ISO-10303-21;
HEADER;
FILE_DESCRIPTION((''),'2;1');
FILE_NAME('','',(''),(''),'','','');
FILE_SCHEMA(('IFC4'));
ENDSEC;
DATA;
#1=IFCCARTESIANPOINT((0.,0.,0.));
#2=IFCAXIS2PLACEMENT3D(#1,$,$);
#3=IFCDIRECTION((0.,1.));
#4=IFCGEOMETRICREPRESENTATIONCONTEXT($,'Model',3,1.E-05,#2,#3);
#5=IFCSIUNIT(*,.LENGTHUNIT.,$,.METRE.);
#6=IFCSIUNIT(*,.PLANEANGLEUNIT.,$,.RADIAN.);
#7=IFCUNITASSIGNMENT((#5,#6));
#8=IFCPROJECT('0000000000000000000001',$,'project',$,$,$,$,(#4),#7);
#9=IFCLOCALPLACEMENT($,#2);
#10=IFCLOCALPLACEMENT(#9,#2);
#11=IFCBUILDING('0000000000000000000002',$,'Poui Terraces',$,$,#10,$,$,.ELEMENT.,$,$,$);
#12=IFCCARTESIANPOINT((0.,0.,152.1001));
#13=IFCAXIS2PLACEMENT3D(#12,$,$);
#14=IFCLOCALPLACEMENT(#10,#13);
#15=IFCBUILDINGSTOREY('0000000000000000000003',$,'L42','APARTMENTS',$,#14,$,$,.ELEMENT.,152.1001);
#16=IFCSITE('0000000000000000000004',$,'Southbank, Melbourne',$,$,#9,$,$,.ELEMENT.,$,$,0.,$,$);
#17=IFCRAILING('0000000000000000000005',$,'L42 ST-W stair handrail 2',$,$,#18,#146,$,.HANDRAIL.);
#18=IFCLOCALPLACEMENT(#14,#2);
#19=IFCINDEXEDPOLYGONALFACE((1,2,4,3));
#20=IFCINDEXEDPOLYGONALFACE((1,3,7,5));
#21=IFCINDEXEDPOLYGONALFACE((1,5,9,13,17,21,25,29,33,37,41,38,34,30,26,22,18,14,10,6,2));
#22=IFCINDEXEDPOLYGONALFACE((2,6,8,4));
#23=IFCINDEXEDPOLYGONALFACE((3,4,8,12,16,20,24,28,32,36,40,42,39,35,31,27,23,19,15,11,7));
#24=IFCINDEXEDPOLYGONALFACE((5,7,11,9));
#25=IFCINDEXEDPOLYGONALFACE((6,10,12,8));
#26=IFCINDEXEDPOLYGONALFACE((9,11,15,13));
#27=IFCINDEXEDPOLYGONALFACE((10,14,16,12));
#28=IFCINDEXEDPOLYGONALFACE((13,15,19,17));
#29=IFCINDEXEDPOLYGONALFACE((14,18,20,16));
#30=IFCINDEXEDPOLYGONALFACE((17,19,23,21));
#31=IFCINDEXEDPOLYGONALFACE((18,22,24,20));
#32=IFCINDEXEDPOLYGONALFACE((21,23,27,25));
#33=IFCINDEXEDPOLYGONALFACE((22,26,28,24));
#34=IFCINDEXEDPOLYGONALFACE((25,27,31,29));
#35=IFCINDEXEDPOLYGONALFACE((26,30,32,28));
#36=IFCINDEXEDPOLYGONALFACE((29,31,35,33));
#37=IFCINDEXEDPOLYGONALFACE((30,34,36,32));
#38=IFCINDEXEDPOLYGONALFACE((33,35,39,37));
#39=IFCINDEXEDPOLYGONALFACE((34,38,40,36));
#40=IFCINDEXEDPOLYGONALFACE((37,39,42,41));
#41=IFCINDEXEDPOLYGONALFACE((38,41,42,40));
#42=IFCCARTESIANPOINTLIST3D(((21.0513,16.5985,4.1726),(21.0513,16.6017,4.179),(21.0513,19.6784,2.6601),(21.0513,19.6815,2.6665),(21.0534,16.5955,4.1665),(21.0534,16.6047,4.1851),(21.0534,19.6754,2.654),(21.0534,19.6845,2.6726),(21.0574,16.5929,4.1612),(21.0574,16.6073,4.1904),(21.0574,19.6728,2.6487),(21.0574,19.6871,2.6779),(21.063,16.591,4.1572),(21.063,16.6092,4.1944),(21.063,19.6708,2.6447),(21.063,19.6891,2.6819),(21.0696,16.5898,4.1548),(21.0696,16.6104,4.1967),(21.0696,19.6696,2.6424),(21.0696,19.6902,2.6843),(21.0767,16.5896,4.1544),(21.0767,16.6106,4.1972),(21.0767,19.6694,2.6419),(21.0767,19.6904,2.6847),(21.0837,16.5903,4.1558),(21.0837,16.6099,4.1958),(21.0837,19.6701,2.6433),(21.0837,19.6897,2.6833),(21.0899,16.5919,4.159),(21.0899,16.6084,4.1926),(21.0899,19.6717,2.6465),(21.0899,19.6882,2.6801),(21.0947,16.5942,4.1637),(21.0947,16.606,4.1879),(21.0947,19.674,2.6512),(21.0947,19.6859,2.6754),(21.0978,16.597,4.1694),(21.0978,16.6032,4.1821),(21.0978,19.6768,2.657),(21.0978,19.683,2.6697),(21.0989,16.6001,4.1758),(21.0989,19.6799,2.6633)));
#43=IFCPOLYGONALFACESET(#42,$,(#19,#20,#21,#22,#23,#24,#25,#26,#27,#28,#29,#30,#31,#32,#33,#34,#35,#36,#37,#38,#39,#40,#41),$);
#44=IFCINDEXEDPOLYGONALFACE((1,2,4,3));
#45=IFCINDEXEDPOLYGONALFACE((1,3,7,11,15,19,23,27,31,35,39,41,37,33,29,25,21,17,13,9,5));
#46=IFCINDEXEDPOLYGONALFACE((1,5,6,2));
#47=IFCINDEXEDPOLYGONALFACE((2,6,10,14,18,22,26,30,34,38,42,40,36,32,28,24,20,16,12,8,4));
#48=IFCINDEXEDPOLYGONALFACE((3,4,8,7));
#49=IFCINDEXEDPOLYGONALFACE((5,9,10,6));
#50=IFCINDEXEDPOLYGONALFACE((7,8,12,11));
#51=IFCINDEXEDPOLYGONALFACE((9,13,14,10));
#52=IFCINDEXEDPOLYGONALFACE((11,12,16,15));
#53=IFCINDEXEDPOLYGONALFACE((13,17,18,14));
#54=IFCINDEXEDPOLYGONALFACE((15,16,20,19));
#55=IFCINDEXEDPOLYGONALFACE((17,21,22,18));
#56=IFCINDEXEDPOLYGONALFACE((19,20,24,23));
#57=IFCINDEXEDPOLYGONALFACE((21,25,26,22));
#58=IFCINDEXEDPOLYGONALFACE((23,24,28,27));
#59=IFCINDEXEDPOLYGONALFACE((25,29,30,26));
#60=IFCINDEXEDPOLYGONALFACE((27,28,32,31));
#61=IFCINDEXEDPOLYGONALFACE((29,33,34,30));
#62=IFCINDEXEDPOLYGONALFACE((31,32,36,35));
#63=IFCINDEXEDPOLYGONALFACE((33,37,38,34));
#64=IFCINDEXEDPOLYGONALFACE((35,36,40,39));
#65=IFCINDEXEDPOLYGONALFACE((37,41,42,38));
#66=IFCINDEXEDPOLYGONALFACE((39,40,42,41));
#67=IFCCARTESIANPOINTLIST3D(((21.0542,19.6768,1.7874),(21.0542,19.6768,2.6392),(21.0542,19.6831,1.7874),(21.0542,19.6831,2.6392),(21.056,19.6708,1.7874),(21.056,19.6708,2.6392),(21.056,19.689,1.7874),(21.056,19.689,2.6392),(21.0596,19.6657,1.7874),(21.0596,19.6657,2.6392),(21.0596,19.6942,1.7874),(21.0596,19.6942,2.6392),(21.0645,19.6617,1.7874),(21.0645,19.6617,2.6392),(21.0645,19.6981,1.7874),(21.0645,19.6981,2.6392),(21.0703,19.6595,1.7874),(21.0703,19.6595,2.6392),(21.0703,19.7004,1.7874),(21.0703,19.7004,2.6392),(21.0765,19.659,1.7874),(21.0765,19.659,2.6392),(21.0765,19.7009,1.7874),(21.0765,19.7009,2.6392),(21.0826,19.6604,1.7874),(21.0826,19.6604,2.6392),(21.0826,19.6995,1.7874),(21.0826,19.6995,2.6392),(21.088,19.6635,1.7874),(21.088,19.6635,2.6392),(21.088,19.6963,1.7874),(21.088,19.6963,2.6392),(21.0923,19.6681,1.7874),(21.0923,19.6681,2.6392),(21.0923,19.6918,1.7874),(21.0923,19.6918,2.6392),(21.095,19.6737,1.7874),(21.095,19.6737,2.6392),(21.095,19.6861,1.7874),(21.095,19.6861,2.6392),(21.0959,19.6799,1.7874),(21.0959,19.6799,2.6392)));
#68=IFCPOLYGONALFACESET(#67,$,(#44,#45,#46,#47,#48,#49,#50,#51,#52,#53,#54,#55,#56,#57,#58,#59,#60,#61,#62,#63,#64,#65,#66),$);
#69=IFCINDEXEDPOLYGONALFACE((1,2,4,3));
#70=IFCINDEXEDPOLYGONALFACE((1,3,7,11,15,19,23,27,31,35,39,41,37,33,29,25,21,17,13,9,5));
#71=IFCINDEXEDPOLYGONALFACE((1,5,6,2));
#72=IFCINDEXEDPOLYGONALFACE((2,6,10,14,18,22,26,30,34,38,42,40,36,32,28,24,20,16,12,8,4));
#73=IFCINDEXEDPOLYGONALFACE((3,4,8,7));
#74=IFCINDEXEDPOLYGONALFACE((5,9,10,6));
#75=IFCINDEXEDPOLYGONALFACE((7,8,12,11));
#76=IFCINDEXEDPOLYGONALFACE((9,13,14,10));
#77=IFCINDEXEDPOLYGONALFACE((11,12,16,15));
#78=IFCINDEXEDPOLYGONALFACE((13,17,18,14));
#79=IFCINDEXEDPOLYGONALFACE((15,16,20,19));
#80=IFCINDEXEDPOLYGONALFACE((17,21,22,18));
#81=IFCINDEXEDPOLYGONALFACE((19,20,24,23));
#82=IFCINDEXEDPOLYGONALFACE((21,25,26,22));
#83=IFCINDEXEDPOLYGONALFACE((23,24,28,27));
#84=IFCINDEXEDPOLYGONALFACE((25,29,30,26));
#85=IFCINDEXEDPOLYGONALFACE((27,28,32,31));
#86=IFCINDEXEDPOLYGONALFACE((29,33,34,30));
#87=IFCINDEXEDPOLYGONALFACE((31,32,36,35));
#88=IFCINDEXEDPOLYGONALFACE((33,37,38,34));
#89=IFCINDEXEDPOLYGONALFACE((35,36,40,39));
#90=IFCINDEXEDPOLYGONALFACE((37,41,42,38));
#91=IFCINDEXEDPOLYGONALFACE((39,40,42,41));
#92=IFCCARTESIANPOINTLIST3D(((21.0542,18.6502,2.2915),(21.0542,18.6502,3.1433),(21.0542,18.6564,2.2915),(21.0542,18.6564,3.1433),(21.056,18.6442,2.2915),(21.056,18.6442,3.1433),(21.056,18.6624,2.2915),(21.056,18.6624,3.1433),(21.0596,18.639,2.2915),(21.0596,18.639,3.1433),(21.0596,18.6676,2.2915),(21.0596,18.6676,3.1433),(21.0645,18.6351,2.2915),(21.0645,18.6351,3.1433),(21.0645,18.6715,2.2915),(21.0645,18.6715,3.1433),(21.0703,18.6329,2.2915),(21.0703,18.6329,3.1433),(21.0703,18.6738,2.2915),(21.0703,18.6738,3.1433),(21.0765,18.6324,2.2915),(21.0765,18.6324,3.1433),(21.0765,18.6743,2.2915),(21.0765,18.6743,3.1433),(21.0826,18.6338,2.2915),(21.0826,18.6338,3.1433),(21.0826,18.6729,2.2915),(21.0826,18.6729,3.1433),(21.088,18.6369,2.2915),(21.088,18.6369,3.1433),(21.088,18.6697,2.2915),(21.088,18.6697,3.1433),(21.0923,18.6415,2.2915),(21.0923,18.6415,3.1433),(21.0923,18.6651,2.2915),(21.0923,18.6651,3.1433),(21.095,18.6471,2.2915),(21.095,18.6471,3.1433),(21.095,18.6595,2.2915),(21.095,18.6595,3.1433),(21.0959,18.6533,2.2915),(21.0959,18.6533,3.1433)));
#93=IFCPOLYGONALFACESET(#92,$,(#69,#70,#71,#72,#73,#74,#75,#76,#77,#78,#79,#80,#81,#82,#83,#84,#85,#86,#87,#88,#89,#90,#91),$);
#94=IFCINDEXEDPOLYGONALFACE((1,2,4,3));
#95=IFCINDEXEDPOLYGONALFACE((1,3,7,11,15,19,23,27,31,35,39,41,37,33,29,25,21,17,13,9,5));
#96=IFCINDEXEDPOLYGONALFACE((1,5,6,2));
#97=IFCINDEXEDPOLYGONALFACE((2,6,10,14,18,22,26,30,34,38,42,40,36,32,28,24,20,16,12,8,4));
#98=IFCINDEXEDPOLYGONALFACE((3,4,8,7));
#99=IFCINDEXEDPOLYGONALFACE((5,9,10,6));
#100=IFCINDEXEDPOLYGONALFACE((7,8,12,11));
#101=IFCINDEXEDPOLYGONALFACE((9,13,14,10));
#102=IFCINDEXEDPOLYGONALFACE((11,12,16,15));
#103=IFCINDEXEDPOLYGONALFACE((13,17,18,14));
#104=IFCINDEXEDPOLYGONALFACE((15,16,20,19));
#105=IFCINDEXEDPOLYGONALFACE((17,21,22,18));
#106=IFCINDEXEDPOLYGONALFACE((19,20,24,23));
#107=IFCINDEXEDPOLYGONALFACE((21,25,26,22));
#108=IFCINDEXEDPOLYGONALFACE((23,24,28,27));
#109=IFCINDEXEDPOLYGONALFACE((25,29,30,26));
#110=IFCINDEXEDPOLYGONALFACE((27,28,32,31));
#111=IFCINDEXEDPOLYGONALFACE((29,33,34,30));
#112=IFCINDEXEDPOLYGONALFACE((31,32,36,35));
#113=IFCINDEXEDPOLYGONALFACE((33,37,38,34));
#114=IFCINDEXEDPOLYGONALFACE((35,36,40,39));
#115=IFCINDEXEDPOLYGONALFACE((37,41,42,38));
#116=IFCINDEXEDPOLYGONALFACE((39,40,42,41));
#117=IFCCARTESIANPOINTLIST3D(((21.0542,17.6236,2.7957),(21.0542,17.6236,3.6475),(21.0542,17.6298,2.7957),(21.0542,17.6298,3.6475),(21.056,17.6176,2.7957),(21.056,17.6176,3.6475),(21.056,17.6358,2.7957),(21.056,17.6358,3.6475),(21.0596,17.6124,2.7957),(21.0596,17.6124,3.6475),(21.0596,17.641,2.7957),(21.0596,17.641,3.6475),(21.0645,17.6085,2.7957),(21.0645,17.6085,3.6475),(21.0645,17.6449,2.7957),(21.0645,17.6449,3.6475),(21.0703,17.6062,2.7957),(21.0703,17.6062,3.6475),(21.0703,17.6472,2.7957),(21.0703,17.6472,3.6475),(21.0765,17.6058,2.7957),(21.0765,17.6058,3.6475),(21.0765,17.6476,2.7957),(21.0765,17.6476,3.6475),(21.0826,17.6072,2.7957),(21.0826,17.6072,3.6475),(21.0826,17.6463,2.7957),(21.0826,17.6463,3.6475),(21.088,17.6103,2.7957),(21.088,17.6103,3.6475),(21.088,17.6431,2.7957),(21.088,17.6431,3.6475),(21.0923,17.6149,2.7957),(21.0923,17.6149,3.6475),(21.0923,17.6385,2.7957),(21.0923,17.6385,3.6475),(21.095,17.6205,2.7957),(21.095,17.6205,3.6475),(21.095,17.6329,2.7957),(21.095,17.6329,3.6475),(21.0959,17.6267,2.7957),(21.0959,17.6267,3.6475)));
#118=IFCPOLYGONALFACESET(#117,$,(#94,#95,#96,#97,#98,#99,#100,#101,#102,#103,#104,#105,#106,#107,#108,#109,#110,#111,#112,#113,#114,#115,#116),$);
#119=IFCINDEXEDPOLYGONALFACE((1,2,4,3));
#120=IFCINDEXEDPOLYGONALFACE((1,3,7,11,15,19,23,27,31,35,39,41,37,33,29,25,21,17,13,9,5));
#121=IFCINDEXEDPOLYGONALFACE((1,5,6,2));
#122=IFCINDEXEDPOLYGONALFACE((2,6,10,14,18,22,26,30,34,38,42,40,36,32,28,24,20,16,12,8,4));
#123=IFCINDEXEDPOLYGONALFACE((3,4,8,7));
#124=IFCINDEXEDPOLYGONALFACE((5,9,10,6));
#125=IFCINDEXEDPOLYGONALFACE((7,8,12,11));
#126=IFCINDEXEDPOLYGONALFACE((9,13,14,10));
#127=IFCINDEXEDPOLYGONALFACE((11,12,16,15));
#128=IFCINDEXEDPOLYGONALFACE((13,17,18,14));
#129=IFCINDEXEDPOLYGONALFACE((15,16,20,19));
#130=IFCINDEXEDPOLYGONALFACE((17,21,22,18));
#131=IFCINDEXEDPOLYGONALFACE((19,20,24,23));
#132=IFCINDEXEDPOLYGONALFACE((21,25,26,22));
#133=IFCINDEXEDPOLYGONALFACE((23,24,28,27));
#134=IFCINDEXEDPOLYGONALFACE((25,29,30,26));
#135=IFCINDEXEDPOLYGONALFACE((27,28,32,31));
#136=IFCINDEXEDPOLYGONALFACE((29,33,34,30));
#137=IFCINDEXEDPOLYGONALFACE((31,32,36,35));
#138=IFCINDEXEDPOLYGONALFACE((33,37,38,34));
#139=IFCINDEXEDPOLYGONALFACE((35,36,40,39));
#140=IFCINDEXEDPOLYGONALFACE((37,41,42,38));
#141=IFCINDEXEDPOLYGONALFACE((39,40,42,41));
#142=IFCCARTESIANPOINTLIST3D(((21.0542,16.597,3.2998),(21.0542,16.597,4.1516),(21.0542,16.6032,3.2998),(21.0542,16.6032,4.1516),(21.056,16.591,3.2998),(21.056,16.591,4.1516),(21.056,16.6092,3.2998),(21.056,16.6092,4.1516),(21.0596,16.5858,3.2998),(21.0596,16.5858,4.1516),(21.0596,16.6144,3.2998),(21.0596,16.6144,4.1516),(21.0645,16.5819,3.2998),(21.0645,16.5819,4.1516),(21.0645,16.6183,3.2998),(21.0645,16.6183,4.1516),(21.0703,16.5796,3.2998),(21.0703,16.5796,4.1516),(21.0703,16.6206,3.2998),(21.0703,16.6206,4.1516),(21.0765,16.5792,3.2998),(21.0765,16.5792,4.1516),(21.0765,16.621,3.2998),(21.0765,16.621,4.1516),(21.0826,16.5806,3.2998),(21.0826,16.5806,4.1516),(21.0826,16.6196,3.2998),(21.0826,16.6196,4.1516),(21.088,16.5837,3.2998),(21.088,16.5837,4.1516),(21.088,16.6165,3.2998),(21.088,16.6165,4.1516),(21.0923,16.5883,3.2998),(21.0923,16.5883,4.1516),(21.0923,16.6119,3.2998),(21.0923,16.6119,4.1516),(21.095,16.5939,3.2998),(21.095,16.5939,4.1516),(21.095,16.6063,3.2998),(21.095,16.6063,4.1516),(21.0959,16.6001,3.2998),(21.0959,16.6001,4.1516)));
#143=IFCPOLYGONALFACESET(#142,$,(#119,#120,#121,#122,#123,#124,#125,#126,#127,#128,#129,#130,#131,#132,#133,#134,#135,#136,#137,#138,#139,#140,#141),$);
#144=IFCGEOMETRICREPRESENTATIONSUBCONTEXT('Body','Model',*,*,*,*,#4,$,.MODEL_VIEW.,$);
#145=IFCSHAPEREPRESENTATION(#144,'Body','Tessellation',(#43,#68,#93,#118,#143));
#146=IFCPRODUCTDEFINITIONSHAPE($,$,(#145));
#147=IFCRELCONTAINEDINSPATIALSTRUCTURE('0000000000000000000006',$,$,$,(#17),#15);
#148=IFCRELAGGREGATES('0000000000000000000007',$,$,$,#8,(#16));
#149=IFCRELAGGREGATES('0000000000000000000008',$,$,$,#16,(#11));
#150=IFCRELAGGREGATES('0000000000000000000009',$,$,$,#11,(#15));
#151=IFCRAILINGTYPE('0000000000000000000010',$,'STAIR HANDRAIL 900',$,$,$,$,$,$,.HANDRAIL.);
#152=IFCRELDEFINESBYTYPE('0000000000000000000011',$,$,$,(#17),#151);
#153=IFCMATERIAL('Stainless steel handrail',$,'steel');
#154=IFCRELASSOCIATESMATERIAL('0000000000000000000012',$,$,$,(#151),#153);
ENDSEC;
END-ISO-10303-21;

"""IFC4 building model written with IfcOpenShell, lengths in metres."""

from ifc_helpers import new_model, si_unit, direction, frame, origin, origin_2d, place, context, subcontext, project, spatial, circle, extrude, material, type_object, element, save


model = new_model("IFC4")

# Units and contexts
model_context = context("Model", 3, precision=1e-05, world=origin(), true_north=direction((0.0, 1.0)))
body_context = subcontext(model_context, "Body", "Model", "MODEL_VIEW")
ifc_project = project(units=[si_unit("LENGTHUNIT", "METRE"), si_unit("PLANEANGLEUNIT", "RADIAN")], contexts=[model_context])

# Site, building, storey
site_placement = place(None, origin())
site = spatial("IfcSite", under=ifc_project, at=site_placement, Name="Southbank, Melbourne", CompositionType="ELEMENT", RefElevation=0.0)
building_placement = place(site_placement, origin())
building = spatial("IfcBuilding", under=site, at=building_placement, Name="Poui Terraces", CompositionType="ELEMENT")
storey_placement = place(building_placement, frame((0.0, 0.0, 152.1001)))
storey = spatial("IfcBuildingStorey", under=building, at=storey_placement, Name="L42", Description="APARTMENTS", CompositionType="ELEMENT", Elevation=152.1001)

# Railing
ifc_material_1 = material(Name="Stainless steel handrail", Category="steel")
railing_type_1 = type_object("IfcRailingType", Name="STAIR HANDRAIL 900", PredefinedType="HANDRAIL", material=ifc_material_1)
railing_1_placement = place(storey_placement, frame((21.075, 19.6799, 1.7874)))
element("IfcRailing", 1, at=railing_1_placement, inside=storey, type_object=railing_type_1, Name="L42 ST-W stair handrail 2", PredefinedType="HANDRAIL", context=body_context, shape_type="SweptSolid", body=[
    extrude(circle(Radius=0.0239, at=origin_2d()), frame((0.0, 0.0, 0.876), z_axis=(0.0, -0.897606, 0.440798), x_axis=(1.0, 0.0, 0.0)), (0.0, 0.0, 1.0), 3.4312),
    extrude(circle(Radius=0.021, at=origin_2d()), origin(), (0.0, 0.0, 1.0), 0.8518),
    extrude(circle(Radius=0.021, at=origin_2d()), frame((0.0, -1.0266, 0.5042)), (0.0, 0.0, 1.0), 0.8518),
    extrude(circle(Radius=0.021, at=origin_2d()), frame((0.0, -2.0532, 1.0083)), (0.0, 0.0, 1.0), 0.8518),
    extrude(circle(Radius=0.021, at=origin_2d()), frame((0.0, -3.0798, 1.5125)), (0.0, 0.0, 1.0), 0.8518),
])

save(model, "model.ifc")
